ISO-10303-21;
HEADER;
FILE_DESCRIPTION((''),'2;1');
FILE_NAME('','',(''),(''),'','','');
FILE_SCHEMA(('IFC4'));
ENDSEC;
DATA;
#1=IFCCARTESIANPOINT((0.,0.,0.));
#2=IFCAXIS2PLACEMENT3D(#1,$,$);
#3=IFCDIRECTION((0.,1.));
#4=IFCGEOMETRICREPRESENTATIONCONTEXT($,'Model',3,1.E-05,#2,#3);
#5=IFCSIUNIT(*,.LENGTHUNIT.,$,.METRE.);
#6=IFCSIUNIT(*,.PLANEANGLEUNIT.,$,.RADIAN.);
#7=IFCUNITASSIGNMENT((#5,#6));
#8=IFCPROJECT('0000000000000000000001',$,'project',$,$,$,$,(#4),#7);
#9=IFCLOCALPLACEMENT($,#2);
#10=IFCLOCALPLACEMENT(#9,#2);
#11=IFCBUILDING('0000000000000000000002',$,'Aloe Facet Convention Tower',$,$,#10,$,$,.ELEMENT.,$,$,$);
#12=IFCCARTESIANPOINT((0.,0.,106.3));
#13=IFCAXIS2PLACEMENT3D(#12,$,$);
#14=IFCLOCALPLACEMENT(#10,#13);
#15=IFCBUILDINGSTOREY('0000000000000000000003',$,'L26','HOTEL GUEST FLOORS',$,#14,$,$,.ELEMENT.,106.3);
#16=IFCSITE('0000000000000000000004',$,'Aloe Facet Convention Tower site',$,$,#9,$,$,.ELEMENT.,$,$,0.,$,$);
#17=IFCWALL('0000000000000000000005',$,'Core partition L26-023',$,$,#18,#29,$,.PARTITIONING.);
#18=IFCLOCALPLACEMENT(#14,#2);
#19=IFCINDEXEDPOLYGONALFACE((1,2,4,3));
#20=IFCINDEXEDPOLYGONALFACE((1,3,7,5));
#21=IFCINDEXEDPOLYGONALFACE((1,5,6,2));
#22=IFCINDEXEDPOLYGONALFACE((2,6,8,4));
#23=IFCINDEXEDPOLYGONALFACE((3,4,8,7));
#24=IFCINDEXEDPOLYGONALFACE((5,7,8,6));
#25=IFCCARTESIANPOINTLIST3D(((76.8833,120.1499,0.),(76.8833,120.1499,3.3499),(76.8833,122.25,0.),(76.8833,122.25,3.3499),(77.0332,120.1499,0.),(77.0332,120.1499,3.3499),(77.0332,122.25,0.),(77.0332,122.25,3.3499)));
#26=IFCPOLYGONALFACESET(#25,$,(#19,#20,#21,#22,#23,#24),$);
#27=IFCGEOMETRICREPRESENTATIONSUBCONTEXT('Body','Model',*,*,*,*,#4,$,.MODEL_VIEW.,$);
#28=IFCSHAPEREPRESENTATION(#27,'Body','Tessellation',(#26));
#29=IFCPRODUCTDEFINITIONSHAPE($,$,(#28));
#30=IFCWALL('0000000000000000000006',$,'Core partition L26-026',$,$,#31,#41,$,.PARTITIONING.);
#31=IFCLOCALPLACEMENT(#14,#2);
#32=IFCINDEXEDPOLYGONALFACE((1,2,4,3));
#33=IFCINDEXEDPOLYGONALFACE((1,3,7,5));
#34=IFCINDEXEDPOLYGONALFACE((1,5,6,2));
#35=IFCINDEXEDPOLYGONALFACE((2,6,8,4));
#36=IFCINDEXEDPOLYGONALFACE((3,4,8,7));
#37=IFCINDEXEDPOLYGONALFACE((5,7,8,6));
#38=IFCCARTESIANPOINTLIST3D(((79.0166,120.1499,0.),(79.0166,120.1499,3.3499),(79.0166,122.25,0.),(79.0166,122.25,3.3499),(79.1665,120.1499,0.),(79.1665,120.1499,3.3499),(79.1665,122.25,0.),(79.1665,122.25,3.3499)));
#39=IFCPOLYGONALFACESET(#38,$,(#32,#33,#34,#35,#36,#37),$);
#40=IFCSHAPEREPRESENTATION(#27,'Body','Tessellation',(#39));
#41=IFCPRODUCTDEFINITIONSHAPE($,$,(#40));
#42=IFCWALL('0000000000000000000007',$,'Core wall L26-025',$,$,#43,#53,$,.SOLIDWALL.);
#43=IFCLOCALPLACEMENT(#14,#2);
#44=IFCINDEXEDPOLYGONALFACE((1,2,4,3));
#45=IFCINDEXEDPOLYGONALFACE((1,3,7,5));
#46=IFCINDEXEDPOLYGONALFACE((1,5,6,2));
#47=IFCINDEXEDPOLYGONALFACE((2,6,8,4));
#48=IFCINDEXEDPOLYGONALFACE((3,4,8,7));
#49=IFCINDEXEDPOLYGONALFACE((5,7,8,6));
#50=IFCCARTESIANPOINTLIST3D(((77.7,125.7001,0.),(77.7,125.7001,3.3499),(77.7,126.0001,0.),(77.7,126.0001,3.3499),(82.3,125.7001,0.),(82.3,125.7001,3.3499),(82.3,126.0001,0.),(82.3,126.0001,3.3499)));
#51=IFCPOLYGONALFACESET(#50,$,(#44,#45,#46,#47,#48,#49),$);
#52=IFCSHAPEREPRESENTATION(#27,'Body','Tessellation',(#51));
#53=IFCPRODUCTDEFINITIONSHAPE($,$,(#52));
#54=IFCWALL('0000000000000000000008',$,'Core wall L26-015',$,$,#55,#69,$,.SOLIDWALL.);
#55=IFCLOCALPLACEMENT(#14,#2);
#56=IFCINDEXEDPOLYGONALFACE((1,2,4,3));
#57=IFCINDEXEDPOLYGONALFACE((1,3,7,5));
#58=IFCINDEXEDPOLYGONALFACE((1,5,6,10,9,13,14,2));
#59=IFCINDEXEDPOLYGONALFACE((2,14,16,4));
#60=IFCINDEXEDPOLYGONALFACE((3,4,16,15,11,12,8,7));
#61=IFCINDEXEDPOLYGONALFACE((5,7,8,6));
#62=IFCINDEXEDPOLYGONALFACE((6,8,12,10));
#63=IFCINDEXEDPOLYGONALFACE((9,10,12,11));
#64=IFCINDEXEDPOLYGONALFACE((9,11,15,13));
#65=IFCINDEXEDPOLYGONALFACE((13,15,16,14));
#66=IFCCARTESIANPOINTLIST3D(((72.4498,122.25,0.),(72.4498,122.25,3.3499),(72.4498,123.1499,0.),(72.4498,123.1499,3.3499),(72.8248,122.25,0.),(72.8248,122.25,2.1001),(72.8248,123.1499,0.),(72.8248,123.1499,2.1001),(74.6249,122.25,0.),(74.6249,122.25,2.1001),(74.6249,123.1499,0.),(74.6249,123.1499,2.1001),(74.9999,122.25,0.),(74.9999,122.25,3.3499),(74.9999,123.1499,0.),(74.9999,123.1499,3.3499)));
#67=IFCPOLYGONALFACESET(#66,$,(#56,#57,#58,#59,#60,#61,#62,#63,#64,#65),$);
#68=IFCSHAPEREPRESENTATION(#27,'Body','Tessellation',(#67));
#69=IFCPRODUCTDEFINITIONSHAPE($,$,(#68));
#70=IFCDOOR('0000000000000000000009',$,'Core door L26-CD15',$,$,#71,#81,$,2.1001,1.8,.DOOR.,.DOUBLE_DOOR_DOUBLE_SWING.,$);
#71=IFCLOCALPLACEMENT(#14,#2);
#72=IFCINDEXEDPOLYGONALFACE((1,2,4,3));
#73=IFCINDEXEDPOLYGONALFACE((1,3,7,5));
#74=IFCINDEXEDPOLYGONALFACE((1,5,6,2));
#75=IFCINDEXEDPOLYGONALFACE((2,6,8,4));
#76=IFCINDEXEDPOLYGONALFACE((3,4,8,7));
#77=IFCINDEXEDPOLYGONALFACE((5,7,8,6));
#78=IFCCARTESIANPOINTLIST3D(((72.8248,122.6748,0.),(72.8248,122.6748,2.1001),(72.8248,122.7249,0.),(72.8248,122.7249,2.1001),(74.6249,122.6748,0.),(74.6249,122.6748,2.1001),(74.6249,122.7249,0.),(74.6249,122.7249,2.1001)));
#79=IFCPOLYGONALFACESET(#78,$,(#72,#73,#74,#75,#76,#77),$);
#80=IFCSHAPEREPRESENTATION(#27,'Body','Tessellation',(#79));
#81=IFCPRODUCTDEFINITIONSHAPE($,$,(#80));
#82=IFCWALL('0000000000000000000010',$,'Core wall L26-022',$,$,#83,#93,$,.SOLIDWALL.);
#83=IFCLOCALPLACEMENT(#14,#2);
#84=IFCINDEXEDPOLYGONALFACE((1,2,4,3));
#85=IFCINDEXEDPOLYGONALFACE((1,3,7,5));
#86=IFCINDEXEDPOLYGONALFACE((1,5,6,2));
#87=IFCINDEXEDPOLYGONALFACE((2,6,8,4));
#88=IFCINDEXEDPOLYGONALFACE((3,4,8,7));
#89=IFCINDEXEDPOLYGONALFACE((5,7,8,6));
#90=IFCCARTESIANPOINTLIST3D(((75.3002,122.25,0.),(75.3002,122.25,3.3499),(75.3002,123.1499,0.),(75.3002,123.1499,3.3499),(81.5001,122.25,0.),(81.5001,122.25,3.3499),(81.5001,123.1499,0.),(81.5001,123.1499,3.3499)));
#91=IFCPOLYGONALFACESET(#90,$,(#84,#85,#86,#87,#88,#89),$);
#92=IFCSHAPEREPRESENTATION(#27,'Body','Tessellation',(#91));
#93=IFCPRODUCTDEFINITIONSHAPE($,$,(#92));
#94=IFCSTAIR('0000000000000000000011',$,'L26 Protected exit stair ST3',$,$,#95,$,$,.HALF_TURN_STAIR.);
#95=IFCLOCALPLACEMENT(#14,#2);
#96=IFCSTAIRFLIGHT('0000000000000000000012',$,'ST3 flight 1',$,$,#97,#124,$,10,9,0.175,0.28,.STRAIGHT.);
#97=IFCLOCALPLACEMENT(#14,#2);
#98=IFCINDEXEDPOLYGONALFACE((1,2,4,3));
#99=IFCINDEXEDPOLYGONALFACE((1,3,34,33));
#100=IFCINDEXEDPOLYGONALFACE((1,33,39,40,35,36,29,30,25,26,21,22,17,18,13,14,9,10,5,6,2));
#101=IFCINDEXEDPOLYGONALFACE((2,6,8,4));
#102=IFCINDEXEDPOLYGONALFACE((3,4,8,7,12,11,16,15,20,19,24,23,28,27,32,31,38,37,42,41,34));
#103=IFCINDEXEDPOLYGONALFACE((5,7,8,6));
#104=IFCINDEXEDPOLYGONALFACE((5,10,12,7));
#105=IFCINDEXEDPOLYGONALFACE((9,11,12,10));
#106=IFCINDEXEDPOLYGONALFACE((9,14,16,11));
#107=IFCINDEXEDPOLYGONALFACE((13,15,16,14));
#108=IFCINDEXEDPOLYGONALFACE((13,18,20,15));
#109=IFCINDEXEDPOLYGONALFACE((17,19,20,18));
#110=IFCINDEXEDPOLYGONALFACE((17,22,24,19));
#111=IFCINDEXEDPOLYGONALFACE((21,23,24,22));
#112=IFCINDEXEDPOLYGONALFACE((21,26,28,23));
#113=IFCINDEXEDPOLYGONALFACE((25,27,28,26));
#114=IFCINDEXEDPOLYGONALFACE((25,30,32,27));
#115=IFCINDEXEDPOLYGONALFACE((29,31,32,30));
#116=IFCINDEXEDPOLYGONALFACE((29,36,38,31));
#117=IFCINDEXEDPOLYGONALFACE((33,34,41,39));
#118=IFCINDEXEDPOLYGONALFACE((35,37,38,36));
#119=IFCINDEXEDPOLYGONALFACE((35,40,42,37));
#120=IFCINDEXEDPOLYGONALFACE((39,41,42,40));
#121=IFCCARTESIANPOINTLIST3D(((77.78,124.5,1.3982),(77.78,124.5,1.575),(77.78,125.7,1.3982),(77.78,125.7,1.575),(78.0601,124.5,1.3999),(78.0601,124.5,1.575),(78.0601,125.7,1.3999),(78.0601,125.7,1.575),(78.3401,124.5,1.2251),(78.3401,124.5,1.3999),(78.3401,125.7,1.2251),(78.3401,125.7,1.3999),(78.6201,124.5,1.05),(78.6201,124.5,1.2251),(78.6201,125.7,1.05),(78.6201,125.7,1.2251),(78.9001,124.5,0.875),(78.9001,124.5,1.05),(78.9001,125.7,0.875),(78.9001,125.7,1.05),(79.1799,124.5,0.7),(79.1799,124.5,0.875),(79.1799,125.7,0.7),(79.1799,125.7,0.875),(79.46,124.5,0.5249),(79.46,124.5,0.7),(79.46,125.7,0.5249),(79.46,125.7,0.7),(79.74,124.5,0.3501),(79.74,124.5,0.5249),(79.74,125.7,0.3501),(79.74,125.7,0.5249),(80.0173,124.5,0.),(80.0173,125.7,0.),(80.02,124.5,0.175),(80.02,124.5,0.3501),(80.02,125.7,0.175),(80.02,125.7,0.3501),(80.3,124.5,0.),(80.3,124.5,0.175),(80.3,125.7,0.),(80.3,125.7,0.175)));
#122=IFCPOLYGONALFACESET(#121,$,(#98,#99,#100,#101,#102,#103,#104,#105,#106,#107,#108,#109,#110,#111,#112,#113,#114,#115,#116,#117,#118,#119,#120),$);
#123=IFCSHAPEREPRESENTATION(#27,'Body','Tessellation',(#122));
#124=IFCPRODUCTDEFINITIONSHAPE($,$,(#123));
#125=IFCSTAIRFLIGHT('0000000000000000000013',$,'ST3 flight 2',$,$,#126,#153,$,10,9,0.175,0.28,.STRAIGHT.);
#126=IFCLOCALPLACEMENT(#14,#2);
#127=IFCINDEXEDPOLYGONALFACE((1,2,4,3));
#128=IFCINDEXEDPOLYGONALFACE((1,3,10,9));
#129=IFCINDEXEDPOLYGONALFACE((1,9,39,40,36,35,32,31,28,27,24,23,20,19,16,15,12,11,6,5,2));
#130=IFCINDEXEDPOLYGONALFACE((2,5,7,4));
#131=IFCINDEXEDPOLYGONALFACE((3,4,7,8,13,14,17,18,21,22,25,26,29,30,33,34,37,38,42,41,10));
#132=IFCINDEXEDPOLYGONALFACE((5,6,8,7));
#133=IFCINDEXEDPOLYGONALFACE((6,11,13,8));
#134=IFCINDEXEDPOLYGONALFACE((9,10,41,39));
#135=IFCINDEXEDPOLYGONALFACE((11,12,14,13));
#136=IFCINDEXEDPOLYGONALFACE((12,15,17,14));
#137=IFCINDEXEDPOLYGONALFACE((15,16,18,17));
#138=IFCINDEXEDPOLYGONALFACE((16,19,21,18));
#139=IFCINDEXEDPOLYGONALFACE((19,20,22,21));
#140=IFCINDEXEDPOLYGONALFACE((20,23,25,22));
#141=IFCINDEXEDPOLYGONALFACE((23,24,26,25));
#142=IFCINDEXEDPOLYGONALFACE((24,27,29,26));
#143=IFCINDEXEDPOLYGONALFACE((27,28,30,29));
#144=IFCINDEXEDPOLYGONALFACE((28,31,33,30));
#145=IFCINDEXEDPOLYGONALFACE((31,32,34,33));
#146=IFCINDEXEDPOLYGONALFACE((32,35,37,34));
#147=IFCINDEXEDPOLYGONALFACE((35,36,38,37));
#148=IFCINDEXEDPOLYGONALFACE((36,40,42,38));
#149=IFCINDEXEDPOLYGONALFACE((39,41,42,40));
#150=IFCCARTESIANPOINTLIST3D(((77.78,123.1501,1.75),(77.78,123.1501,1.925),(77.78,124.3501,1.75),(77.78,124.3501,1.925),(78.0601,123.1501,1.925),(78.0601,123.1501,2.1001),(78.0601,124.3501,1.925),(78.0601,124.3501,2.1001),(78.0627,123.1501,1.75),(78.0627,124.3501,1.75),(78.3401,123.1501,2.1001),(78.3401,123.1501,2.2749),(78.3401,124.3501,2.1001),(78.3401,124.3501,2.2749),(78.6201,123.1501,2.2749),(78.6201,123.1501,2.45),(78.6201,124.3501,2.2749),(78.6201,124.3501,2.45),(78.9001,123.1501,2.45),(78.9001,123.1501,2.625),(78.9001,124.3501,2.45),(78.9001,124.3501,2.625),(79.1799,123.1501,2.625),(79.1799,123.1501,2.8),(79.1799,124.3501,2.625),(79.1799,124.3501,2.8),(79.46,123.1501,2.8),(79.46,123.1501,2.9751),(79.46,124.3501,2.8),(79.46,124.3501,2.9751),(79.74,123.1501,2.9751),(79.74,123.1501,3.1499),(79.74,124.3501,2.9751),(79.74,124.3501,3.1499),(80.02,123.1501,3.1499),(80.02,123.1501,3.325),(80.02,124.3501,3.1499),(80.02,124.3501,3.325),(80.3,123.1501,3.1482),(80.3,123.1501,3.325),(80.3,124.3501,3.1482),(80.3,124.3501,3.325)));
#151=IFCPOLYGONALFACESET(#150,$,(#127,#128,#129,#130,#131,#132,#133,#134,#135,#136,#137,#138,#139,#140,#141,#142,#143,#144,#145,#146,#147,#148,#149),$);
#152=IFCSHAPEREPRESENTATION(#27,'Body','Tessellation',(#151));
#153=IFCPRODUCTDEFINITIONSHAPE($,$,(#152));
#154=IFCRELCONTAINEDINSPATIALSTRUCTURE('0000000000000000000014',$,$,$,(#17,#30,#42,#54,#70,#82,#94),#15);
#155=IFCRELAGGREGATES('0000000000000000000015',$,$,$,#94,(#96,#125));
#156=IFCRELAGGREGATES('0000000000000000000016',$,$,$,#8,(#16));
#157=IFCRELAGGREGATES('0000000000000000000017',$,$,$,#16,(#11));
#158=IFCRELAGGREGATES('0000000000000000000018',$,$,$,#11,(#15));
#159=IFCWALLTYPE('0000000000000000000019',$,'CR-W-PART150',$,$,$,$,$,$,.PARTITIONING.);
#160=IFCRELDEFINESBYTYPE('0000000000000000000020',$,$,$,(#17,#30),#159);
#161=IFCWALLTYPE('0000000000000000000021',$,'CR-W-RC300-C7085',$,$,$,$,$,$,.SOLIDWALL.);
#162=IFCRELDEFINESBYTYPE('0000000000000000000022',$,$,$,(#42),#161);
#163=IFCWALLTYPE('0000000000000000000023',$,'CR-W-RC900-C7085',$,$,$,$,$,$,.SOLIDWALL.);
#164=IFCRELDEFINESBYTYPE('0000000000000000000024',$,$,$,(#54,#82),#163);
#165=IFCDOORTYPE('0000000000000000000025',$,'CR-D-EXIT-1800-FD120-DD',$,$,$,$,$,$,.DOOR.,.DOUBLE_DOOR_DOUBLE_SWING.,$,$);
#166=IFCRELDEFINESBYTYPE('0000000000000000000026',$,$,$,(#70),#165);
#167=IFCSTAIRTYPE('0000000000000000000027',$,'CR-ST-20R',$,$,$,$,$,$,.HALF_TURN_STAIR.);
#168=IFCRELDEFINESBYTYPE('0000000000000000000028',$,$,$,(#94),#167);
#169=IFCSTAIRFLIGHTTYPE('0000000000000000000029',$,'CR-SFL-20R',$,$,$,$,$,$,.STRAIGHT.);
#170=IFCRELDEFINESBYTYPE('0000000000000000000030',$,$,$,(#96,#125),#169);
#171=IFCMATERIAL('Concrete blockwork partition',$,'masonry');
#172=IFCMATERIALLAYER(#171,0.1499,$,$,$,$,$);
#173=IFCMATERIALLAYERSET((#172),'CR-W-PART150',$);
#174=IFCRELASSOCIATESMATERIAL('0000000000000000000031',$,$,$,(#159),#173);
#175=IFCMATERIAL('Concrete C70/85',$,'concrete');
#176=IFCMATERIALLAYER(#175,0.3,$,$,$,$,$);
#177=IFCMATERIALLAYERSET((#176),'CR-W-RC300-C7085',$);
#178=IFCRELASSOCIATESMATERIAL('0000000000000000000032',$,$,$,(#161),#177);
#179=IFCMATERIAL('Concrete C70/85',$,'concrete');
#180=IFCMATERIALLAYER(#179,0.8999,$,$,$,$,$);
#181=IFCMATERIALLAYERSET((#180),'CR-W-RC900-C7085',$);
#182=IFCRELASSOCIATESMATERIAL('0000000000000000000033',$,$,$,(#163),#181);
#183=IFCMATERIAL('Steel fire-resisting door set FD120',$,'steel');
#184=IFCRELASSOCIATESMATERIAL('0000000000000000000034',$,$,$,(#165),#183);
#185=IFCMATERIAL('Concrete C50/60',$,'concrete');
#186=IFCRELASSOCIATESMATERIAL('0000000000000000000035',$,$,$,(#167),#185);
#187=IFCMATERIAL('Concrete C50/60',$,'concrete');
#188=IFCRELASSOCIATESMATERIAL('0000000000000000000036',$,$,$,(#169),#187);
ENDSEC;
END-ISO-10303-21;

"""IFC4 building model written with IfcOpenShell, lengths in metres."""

from ifc_helpers import new_model, si_unit, direction, frame, frame_2d, origin, place, context, subcontext, project, spatial, polyline, rectangle, outline, extrude, material, layer, layer_set, type_object, element, fill, aggregate, save


model = new_model("IFC4")

# Units and contexts
model_context = context("Model", 3, precision=1e-05, world=origin(), true_north=direction((0.0, 1.0)))
body_context = subcontext(model_context, "Body", "Model", "MODEL_VIEW")
ifc_project = project(units=[si_unit("LENGTHUNIT", "METRE"), si_unit("PLANEANGLEUNIT", "RADIAN")], contexts=[model_context])

# Site, building, storey
site_placement = place(None, origin())
site = spatial("IfcSite", under=ifc_project, at=site_placement, Name="Aloe Facet Convention Tower site", CompositionType="ELEMENT", RefElevation=0.0)
building_placement = place(site_placement, origin())
building = spatial("IfcBuilding", under=site, at=building_placement, Name="Aloe Facet Convention Tower", CompositionType="ELEMENT")
storey_placement = place(building_placement, frame((0.0, 0.0, 106.3)))
storey = spatial("IfcBuildingStorey", under=building, at=storey_placement, Name="L26", Description="HOTEL GUEST FLOORS", CompositionType="ELEMENT", Elevation=106.3)

# Walls
ifc_material_1 = material(Name="Concrete blockwork partition", Category="masonry")
ifc_layer_1 = layer(ifc_material_1, 0.1499)
ifc_layer_set_1 = layer_set([ifc_layer_1], Name="CR-W-PART150")
wall_type_1 = type_object("IfcWallType", Name="CR-W-PART150", PredefinedType="PARTITIONING", material=ifc_layer_set_1)
for number, where, z_axis, x_axis, name in (
    (1, (76.9583, 122.25, 0.0), (0.0, 0.0, 1.0), (0.0, -1.0, 0.0), "Core partition L26-023"),
    (2, (79.0916, 122.25, 0.0), (0.0, 0.0, 1.0), (0.0, -1.0, 0.0), "Core partition L26-026"),
):
    element("IfcWall", number, at=place(storey_placement, frame(where, z_axis=z_axis, x_axis=x_axis)), inside=storey, type_object=wall_type_1, Name=name, PredefinedType="PARTITIONING", context=body_context, shape_type="SweptSolid", body=[
        extrude(rectangle(XDim=2.1001, YDim=0.1499, at=frame_2d((1.05, 0.0))), origin(), (0.0, 0.0, 1.0), 3.3499),
    ])
ifc_material_2 = material(Name="Concrete C70/85", Category="concrete")
ifc_layer_2 = layer(ifc_material_2, 0.3)
ifc_layer_set_2 = layer_set([ifc_layer_2], Name="CR-W-RC300-C7085")
wall_type_2 = type_object("IfcWallType", Name="CR-W-RC300-C7085", PredefinedType="SOLIDWALL", material=ifc_layer_set_2)
wall_1_placement = place(storey_placement, frame((77.7, 125.8501, 0.0), z_axis=(0.0, 0.0, 1.0), x_axis=(1.0, 0.0, 0.0)))
element("IfcWall", 3, at=wall_1_placement, inside=storey, type_object=wall_type_2, Name="Core wall L26-025", PredefinedType="SOLIDWALL", context=body_context, shape_type="SweptSolid", body=[
    extrude(rectangle(XDim=4.6001, YDim=0.3, at=frame_2d((2.3, 0.0))), origin(), (0.0, 0.0, 1.0), 3.3499),
])

# Wall, opening, door
ifc_material_3 = material(Name="Concrete C70/85", Category="concrete")
ifc_layer_3 = layer(ifc_material_3, 0.8999)
ifc_layer_set_3 = layer_set([ifc_layer_3], Name="CR-W-RC900-C7085")
wall_type_3 = type_object("IfcWallType", Name="CR-W-RC900-C7085", PredefinedType="SOLIDWALL", material=ifc_layer_set_3)
wall_2_placement = place(storey_placement, frame((72.45, 122.7, 0.0), z_axis=(0.0, 0.0, 1.0), x_axis=(1.0, 0.0, 0.0)))
wall_2 = element("IfcWall", 4, at=wall_2_placement, inside=storey, type_object=wall_type_3, Name="Core wall L26-015", PredefinedType="SOLIDWALL", context=body_context, shape_type="SweptSolid", body=[
    extrude(rectangle(XDim=2.55, YDim=0.8999, at=frame_2d((1.2749, 0.0))), origin(), (0.0, 0.0, 1.0), 3.3499),
])
opening_placement = place(wall_2_placement, frame((0.375, 0.0, 0.0)))
opening = element("IfcOpeningElement", 5, at=opening_placement, cuts=wall_2, PredefinedType="OPENING", context=body_context, shape_type="SweptSolid", body=[
    extrude(rectangle(XDim=1.8, YDim=2.1001, at=frame_2d((0.8999, 1.05))), frame((0.0, 0.46, 0.0), z_axis=(0.0, -1.0, 0.0), x_axis=(1.0, 0.0, 0.0)), (0.0, 0.0, 1.0), 0.9199),
])
ifc_material_4 = material(Name="Steel fire-resisting door set FD120", Category="steel")
door_type = type_object("IfcDoorType", Name="CR-D-EXIT-1800-FD120-DD", OperationType="DOUBLE_DOOR_DOUBLE_SWING", PredefinedType="DOOR", material=ifc_material_4)
door_placement = place(opening_placement, origin())
door = element("IfcDoor", 6, at=door_placement, inside=storey, type_object=door_type, Name="Core door L26-CD15", OperationType="DOUBLE_DOOR_DOUBLE_SWING", OverallHeight=2.1001, OverallWidth=1.8, PredefinedType="DOOR", context=body_context, shape_type="SweptSolid", body=[
    extrude(rectangle(XDim=1.8, YDim=2.1001, at=frame_2d((0.8999, 1.05))), frame((0.0, 0.0249, 0.0), z_axis=(0.0, -1.0, 0.0), x_axis=(1.0, 0.0, 0.0)), (0.0, 0.0, 1.0), 0.05),
])
fill(opening, door)

# Wall
wall_3_placement = place(storey_placement, frame((75.3, 122.7, 0.0), z_axis=(0.0, 0.0, 1.0), x_axis=(1.0, 0.0, 0.0)))
element("IfcWall", 7, at=wall_3_placement, inside=storey, type_object=wall_type_3, Name="Core wall L26-022", PredefinedType="SOLIDWALL", context=body_context, shape_type="SweptSolid", body=[
    extrude(rectangle(XDim=6.2, YDim=0.8999, at=frame_2d((3.1001, 0.0))), origin(), (0.0, 0.0, 1.0), 3.3499),
])

# Stair, stair flights
ifc_material_5 = material(Name="Concrete C50/60", Category="concrete")
stair_type = type_object("IfcStairType", Name="CR-ST-20R", PredefinedType="HALF_TURN_STAIR", material=ifc_material_5)
stair_placement = place(storey_placement, origin())
stair = element("IfcStair", 8, at=stair_placement, inside=storey, type_object=stair_type, Name="L26 Protected exit stair ST3", PredefinedType="HALF_TURN_STAIR")
ifc_material_6 = material(Name="Concrete C50/60", Category="concrete")
stair_flight_type = type_object("IfcStairFlightType", Name="CR-SFL-20R", PredefinedType="STRAIGHT", material=ifc_material_6)
stair_flight_1_placement = place(storey_placement, frame((80.3, 125.1001, 0.0), z_axis=(0.0, 0.0, 1.0), x_axis=(-1.0, 0.0, 0.0)))
stair_flight_1 = element("IfcStairFlight", 9, at=stair_flight_1_placement, type_object=stair_flight_type, Name="ST3 flight 1", NumberOfRisers=10, NumberOfTreads=9, PredefinedType="STRAIGHT", RiserHeight=0.175, TreadLength=0.28, context=body_context, shape_type="SweptSolid", body=[
    extrude(outline(polyline([(0.0, 0.0), (0.0, 0.175), (0.28, 0.175), (0.28, 0.3501), (0.5601, 0.3501), (0.5601, 0.5249), (0.8401, 0.5249), (0.8401, 0.7), (1.1201, 0.7), (1.1201, 0.875), (1.3999, 0.875), (1.3999, 1.05), (1.6799, 1.05), (1.6799, 1.2251), (1.96, 1.2251), (1.96, 1.3999), (2.24, 1.3999), (2.24, 1.575), (2.52, 1.575), (2.52, 1.75), (2.52, 1.3982), (0.2827, 0.0), (0.0, 0.0)])), frame((0.0, 0.6001, 0.0), z_axis=(0.0, -1.0, 0.0), x_axis=(1.0, 0.0, 0.0)), (0.0, 0.0, 1.0), 1.2),
])
stair_flight_2_placement = place(storey_placement, frame((77.78, 123.75, 1.75), z_axis=(0.0, 0.0, 1.0), x_axis=(1.0, 0.0, 0.0)))
stair_flight_2 = element("IfcStairFlight", 10, at=stair_flight_2_placement, type_object=stair_flight_type, Name="ST3 flight 2", NumberOfRisers=10, NumberOfTreads=9, PredefinedType="STRAIGHT", RiserHeight=0.175, TreadLength=0.28, context=body_context, shape_type="SweptSolid", body=[
    extrude(outline(polyline([(0.0, 0.0), (0.0, 0.175), (0.28, 0.175), (0.28, 0.3501), (0.5601, 0.3501), (0.5601, 0.5249), (0.8401, 0.5249), (0.8401, 0.7), (1.1201, 0.7), (1.1201, 0.875), (1.3999, 0.875), (1.3999, 1.05), (1.6799, 1.05), (1.6799, 1.2251), (1.96, 1.2251), (1.96, 1.3999), (2.24, 1.3999), (2.24, 1.575), (2.52, 1.575), (2.52, 1.75), (2.52, 1.3982), (0.2827, 0.0), (0.0, 0.0)])), frame((0.0, 0.6001, 0.0), z_axis=(0.0, -1.0, 0.0), x_axis=(1.0, 0.0, 0.0)), (0.0, 0.0, 1.0), 1.2),
])
aggregate(stair, [stair_flight_1, stair_flight_2])

save(model, "model.ifc")
